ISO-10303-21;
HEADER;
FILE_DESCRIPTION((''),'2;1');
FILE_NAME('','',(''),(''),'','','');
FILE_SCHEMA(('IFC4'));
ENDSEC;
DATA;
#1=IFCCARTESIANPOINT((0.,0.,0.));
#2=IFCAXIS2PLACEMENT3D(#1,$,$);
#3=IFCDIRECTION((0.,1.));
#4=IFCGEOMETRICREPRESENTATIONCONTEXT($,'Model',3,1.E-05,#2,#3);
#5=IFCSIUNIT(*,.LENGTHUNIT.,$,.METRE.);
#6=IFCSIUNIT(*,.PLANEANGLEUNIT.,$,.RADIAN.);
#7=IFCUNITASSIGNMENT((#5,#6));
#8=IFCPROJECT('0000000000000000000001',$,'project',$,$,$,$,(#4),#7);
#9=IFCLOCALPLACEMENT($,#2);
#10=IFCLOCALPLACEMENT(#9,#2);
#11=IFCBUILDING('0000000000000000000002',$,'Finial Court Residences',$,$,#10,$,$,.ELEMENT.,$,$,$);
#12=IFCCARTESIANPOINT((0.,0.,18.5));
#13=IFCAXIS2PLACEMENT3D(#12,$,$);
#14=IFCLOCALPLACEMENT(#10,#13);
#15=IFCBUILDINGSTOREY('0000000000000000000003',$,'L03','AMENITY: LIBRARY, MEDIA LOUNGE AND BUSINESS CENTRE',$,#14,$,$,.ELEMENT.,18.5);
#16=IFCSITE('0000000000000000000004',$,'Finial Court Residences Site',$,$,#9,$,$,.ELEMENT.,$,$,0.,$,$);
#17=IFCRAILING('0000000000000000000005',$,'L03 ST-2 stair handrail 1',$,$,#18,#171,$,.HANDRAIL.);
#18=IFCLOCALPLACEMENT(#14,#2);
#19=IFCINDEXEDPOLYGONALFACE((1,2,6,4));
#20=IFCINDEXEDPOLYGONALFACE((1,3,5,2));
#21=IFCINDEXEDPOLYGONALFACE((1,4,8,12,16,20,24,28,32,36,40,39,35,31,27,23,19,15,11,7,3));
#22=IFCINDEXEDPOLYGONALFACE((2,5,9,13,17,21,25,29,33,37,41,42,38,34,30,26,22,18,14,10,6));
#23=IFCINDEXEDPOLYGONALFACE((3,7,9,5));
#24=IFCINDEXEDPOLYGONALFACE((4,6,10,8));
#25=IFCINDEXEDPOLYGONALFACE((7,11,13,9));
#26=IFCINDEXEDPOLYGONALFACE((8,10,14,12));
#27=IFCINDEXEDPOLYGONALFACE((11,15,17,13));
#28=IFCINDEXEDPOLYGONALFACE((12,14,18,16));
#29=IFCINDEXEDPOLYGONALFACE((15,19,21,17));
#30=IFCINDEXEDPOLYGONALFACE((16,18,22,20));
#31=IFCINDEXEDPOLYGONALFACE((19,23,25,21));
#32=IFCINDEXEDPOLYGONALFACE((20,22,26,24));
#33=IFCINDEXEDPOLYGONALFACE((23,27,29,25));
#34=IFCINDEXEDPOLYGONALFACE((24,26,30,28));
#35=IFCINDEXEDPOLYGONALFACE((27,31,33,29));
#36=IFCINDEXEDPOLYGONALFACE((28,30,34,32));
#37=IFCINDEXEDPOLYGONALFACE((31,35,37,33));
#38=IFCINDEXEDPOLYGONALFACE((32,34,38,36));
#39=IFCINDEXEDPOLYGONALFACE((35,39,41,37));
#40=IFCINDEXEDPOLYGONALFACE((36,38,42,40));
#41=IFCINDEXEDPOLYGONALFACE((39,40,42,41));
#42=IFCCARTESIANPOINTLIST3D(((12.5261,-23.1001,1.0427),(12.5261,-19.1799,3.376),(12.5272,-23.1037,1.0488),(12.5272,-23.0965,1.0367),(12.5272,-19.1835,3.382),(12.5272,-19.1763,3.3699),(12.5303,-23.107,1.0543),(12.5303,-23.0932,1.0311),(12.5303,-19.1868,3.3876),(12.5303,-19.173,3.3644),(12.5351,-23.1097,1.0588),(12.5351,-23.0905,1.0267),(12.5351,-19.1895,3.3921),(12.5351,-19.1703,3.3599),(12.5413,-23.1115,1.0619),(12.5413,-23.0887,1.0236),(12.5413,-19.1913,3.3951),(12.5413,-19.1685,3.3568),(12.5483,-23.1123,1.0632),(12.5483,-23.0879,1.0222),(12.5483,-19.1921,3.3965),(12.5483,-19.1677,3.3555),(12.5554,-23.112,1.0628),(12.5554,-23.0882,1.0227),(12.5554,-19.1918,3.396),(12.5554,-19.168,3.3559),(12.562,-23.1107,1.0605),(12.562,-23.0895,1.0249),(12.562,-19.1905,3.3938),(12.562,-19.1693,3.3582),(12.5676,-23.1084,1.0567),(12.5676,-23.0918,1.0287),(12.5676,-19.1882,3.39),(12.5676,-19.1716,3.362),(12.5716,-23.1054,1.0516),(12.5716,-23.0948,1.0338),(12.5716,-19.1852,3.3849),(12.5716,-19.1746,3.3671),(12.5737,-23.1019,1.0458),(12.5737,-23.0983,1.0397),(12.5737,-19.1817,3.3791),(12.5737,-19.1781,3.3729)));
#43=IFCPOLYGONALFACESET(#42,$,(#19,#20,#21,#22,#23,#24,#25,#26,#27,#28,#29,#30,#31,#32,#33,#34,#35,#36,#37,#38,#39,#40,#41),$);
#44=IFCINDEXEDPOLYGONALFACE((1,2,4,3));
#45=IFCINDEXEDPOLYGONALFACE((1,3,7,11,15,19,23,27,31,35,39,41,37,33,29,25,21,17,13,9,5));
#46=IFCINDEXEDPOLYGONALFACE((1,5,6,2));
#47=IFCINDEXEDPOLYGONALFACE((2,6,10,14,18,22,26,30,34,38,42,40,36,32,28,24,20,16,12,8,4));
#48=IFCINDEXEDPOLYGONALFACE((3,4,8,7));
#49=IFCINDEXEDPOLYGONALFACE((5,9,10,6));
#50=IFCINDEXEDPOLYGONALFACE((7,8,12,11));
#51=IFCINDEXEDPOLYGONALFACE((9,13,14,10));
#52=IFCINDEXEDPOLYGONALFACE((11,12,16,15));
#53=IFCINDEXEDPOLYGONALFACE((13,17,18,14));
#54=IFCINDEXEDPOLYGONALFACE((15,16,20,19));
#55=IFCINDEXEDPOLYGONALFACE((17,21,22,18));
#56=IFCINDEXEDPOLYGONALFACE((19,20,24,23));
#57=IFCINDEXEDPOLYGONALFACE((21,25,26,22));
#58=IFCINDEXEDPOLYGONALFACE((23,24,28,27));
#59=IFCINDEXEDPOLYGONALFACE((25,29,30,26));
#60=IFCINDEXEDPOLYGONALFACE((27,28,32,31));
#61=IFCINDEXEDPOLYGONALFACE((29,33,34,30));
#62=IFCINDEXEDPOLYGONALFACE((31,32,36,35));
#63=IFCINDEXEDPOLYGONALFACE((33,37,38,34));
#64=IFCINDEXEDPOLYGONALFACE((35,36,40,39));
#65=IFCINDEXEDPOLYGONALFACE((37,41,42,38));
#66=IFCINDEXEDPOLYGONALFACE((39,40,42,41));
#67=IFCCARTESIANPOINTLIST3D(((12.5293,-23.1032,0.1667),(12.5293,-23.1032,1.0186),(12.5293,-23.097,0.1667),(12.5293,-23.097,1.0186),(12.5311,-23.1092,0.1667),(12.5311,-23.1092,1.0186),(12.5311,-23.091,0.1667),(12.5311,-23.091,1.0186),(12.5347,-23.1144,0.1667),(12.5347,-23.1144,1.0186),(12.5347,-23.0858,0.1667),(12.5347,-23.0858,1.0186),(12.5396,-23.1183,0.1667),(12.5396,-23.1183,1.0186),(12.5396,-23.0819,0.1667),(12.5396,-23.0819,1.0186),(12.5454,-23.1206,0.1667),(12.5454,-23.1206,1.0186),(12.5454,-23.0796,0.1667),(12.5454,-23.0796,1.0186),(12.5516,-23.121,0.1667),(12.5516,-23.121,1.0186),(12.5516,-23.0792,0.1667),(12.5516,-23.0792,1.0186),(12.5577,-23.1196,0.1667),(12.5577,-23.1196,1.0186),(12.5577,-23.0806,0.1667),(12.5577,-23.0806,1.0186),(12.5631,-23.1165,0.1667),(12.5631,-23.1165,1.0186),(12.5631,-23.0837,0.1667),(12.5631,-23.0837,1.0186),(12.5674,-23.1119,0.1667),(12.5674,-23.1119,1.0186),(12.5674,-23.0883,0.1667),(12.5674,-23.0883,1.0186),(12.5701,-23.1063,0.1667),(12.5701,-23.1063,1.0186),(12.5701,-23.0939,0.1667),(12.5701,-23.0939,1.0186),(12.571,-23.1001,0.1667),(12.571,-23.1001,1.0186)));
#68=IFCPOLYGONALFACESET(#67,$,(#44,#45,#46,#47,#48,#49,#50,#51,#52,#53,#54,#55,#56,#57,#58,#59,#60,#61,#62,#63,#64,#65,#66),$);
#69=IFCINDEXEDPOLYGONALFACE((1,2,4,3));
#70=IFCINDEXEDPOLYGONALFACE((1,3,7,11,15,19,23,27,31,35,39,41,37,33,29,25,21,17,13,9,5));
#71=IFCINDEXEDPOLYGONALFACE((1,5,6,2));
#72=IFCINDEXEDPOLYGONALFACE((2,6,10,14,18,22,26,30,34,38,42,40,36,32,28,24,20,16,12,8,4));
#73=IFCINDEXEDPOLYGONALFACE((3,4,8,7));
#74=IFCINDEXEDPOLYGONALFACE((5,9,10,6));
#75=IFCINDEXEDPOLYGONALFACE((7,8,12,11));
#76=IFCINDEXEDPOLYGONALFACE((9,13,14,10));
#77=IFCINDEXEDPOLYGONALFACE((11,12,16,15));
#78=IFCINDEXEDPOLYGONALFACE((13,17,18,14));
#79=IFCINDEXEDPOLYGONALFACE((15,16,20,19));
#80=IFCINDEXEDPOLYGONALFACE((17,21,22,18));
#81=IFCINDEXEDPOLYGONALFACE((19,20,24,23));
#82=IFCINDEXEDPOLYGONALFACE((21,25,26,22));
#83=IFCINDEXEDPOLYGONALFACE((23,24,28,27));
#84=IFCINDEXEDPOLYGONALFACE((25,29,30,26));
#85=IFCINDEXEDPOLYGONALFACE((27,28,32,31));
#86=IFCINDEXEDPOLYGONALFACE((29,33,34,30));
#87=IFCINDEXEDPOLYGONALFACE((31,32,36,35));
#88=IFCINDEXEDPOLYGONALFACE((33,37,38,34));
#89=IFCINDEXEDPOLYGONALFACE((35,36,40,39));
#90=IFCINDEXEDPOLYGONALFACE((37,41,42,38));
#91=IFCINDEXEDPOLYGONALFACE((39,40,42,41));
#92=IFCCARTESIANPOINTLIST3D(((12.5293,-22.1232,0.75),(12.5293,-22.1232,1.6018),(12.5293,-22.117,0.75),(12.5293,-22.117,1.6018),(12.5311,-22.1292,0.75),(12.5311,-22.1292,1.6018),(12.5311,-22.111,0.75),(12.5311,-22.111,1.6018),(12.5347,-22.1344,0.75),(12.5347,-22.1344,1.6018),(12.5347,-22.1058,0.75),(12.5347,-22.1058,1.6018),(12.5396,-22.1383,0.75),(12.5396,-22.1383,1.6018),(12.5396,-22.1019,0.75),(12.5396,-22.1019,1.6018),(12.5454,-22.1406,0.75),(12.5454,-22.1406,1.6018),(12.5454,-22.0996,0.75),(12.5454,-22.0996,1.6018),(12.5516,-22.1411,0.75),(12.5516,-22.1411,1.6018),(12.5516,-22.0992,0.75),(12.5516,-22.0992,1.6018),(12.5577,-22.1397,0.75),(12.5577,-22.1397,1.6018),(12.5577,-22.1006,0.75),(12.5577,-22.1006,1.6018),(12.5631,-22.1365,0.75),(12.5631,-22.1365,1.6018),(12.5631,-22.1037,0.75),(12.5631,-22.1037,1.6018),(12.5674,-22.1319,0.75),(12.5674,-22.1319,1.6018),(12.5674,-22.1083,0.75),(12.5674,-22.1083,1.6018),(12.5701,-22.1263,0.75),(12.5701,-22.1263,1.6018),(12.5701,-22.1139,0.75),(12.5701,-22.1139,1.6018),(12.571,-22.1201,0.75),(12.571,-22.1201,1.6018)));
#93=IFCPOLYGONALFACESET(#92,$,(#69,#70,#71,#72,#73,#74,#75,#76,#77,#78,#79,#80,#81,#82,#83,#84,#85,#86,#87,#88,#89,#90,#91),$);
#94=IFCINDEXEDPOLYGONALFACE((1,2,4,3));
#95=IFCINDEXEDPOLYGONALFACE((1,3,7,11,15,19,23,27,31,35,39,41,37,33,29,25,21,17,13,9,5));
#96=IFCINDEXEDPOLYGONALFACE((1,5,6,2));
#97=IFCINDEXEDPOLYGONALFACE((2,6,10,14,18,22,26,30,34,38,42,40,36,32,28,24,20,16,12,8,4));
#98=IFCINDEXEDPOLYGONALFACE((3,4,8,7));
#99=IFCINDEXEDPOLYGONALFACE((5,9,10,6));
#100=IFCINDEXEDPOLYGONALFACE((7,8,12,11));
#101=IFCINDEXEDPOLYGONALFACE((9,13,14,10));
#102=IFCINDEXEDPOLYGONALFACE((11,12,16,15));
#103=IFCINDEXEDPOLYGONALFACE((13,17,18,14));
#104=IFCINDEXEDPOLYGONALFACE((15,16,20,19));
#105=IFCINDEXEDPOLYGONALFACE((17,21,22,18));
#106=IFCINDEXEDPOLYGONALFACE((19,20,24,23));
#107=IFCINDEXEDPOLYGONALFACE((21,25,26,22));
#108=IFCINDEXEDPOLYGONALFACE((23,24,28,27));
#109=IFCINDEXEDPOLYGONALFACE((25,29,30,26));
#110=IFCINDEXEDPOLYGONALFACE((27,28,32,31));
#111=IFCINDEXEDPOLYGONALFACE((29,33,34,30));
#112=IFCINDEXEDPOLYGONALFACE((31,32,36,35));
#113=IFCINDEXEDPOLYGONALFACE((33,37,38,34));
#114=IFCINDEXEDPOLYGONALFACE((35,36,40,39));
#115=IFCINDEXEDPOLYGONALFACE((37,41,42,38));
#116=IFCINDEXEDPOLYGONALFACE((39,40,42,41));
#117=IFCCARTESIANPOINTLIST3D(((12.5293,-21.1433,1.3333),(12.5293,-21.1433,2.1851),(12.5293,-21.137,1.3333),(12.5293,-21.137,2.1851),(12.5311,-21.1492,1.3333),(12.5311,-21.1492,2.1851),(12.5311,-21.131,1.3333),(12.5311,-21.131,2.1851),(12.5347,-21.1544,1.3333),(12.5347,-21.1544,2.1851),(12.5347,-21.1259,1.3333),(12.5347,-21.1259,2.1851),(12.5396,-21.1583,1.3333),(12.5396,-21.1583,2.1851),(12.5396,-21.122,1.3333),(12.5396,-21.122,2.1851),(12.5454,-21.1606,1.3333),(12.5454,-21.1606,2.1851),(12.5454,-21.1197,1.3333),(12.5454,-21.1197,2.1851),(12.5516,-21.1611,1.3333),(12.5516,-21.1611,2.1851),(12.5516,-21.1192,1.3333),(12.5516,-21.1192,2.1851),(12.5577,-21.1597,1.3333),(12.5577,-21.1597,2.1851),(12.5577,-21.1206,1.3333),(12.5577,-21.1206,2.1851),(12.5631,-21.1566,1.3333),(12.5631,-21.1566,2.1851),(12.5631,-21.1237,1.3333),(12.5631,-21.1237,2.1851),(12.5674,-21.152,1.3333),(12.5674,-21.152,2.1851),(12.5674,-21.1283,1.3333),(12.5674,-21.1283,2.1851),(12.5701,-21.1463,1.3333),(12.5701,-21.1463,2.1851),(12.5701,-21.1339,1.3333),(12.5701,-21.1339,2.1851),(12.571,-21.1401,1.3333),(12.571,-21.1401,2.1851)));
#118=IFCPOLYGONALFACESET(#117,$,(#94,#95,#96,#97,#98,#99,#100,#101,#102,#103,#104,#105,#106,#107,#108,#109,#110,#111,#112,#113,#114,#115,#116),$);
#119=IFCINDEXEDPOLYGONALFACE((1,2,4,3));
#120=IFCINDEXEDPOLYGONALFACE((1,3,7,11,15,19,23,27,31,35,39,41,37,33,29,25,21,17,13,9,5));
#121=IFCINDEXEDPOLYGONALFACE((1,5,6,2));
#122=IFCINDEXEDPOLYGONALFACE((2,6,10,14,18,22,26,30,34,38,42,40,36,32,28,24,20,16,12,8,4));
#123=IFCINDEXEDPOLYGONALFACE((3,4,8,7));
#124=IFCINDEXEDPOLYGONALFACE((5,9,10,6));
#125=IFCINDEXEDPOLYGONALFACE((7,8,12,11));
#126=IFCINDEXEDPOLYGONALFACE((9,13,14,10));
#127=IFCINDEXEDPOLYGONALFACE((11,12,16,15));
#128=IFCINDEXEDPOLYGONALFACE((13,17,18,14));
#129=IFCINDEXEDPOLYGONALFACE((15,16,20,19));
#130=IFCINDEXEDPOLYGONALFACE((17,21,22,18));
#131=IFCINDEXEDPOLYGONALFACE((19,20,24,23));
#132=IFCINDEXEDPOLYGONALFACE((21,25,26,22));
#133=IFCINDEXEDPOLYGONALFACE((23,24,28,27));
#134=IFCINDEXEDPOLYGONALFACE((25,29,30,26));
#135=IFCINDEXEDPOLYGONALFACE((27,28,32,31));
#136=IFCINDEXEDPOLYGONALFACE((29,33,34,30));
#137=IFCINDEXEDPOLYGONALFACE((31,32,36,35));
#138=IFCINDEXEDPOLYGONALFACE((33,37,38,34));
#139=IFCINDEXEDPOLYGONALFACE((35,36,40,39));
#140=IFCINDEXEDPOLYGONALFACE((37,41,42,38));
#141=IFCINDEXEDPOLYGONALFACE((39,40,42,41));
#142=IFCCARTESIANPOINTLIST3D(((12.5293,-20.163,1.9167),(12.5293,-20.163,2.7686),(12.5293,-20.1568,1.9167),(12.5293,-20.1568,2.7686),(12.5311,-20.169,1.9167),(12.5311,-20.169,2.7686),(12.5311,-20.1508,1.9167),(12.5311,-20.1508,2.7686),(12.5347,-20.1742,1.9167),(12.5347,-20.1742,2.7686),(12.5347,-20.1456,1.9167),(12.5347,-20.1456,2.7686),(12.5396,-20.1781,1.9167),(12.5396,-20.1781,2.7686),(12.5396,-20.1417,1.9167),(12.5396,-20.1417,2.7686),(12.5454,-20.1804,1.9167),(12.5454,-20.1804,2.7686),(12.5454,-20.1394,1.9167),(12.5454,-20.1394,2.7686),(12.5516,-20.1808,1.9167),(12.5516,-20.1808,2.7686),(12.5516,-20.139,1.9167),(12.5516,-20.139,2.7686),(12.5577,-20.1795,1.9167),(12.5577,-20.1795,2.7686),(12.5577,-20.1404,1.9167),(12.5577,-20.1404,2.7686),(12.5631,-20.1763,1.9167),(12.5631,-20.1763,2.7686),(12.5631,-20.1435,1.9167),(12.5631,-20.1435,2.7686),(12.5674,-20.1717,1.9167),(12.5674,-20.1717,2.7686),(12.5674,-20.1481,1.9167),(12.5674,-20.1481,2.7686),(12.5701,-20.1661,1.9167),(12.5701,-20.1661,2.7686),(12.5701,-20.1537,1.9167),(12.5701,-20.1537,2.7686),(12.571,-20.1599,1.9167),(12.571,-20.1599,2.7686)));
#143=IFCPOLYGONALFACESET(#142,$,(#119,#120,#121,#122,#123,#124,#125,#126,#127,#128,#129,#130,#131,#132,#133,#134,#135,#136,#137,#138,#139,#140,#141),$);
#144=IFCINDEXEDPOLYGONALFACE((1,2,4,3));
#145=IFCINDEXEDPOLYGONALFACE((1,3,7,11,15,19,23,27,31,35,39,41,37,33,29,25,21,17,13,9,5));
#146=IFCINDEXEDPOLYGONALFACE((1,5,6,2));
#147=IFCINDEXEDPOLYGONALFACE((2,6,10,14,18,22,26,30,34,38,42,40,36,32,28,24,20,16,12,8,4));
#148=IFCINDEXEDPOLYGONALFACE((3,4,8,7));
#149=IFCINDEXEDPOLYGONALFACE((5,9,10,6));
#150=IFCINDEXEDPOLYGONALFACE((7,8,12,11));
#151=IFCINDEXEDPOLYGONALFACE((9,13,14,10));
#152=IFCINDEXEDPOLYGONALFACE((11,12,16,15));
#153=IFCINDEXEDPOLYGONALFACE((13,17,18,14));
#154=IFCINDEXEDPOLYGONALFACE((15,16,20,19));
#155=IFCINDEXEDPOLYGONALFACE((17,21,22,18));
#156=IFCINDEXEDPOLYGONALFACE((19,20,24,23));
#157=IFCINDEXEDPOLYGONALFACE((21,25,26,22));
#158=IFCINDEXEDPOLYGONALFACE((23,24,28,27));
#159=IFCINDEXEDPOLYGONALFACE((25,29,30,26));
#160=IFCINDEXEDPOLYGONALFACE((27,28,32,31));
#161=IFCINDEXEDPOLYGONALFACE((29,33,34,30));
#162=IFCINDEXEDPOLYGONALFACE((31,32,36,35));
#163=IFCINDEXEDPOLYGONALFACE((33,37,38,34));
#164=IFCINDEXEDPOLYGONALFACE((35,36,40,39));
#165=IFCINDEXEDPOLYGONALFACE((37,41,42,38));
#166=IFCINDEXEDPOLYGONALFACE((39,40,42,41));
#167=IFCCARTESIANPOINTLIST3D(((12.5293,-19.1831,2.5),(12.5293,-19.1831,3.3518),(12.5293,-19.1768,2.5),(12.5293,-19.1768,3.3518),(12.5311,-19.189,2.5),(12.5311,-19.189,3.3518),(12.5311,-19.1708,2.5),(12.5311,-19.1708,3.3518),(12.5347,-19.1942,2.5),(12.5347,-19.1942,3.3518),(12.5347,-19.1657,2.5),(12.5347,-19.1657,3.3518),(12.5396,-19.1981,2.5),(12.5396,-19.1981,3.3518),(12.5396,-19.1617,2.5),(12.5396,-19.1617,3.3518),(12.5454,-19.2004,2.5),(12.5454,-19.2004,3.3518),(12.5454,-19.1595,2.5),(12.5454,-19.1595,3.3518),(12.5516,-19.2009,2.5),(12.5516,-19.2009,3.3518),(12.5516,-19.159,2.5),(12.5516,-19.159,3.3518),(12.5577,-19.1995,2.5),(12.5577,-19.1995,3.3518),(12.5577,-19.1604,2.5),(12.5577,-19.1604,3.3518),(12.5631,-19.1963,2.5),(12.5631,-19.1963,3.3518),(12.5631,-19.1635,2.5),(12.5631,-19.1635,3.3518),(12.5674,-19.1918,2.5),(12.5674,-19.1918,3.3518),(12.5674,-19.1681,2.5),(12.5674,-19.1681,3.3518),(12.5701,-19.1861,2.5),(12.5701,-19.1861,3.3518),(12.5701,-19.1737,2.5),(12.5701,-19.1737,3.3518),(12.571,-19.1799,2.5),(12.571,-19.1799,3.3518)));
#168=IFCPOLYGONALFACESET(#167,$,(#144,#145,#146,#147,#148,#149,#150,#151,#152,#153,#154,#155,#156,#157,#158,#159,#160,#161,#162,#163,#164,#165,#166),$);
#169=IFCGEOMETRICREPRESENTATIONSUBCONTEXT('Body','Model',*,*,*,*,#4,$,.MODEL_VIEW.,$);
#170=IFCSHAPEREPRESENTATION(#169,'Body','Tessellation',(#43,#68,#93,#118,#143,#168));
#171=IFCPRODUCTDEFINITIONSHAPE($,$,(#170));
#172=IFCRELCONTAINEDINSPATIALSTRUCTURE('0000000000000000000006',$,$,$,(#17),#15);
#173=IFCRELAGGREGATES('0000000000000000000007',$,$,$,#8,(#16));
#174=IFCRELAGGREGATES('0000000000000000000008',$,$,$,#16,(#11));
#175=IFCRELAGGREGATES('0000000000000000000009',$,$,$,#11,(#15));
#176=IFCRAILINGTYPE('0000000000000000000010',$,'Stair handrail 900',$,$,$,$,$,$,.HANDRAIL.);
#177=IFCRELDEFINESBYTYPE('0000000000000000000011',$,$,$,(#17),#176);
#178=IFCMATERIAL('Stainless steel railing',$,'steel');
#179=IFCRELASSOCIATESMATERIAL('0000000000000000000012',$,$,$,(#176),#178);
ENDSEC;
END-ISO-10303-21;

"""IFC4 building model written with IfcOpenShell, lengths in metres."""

from ifc_helpers import new_model, si_unit, direction, frame, origin, origin_2d, place, context, subcontext, project, spatial, circle, extrude, material, type_object, element, save


model = new_model("IFC4")

# Units and contexts
model_context = context("Model", 3, precision=1e-05, world=origin(), true_north=direction((0.0, 1.0)))
body_context = subcontext(model_context, "Body", "Model", "MODEL_VIEW")
ifc_project = project(units=[si_unit("LENGTHUNIT", "METRE"), si_unit("PLANEANGLEUNIT", "RADIAN")], contexts=[model_context])

# Site, building, storey
site_placement = place(None, origin())
site = spatial("IfcSite", under=ifc_project, at=site_placement, Name="Finial Court Residences Site", CompositionType="ELEMENT", RefElevation=0.0)
building_placement = place(site_placement, origin())
building = spatial("IfcBuilding", under=site, at=building_placement, Name="Finial Court Residences", CompositionType="ELEMENT")
storey_placement = place(building_placement, frame((0.0, 0.0, 18.5)))
storey = spatial("IfcBuildingStorey", under=building, at=storey_placement, Name="L03", Description="AMENITY: LIBRARY, MEDIA LOUNGE AND BUSINESS CENTRE", CompositionType="ELEMENT", Elevation=18.5)

# Railing
ifc_material_1 = material(Name="Stainless steel railing", Category="steel")
railing_type_1 = type_object("IfcRailingType", Name="Stair handrail 900", PredefinedType="HANDRAIL", material=ifc_material_1)
railing_1_placement = place(storey_placement, frame((12.55, -23.1001, 0.1667)))
element("IfcRailing", 1, at=railing_1_placement, inside=storey, type_object=railing_type_1, Name="L03 ST-2 stair handrail 1", PredefinedType="HANDRAIL", context=body_context, shape_type="SweptSolid", body=[
    extrude(circle(Radius=0.0239, at=origin_2d()), frame((0.0, 0.0, 0.876), z_axis=(0.0, 0.85931, 0.511455), x_axis=(-1.0, 0.0, 0.0)), (0.0, 0.0, 1.0), 4.562),
    extrude(circle(Radius=0.021, at=origin_2d()), origin(), (0.0, 0.0, 1.0), 0.8518),
    extrude(circle(Radius=0.021, at=origin_2d()), frame((0.0, 0.98, 0.5833)), (0.0, 0.0, 1.0), 0.8518),
    extrude(circle(Radius=0.021, at=origin_2d()), frame((0.0, 1.96, 1.1665)), (0.0, 0.0, 1.0), 0.8518),
    extrude(circle(Radius=0.021, at=origin_2d()), frame((0.0, 2.9402, 1.75)), (0.0, 0.0, 1.0), 0.8518),
    extrude(circle(Radius=0.021, at=origin_2d()), frame((0.0, 3.9202, 2.3333)), (0.0, 0.0, 1.0), 0.8518),
])

save(model, "model.ifc")
